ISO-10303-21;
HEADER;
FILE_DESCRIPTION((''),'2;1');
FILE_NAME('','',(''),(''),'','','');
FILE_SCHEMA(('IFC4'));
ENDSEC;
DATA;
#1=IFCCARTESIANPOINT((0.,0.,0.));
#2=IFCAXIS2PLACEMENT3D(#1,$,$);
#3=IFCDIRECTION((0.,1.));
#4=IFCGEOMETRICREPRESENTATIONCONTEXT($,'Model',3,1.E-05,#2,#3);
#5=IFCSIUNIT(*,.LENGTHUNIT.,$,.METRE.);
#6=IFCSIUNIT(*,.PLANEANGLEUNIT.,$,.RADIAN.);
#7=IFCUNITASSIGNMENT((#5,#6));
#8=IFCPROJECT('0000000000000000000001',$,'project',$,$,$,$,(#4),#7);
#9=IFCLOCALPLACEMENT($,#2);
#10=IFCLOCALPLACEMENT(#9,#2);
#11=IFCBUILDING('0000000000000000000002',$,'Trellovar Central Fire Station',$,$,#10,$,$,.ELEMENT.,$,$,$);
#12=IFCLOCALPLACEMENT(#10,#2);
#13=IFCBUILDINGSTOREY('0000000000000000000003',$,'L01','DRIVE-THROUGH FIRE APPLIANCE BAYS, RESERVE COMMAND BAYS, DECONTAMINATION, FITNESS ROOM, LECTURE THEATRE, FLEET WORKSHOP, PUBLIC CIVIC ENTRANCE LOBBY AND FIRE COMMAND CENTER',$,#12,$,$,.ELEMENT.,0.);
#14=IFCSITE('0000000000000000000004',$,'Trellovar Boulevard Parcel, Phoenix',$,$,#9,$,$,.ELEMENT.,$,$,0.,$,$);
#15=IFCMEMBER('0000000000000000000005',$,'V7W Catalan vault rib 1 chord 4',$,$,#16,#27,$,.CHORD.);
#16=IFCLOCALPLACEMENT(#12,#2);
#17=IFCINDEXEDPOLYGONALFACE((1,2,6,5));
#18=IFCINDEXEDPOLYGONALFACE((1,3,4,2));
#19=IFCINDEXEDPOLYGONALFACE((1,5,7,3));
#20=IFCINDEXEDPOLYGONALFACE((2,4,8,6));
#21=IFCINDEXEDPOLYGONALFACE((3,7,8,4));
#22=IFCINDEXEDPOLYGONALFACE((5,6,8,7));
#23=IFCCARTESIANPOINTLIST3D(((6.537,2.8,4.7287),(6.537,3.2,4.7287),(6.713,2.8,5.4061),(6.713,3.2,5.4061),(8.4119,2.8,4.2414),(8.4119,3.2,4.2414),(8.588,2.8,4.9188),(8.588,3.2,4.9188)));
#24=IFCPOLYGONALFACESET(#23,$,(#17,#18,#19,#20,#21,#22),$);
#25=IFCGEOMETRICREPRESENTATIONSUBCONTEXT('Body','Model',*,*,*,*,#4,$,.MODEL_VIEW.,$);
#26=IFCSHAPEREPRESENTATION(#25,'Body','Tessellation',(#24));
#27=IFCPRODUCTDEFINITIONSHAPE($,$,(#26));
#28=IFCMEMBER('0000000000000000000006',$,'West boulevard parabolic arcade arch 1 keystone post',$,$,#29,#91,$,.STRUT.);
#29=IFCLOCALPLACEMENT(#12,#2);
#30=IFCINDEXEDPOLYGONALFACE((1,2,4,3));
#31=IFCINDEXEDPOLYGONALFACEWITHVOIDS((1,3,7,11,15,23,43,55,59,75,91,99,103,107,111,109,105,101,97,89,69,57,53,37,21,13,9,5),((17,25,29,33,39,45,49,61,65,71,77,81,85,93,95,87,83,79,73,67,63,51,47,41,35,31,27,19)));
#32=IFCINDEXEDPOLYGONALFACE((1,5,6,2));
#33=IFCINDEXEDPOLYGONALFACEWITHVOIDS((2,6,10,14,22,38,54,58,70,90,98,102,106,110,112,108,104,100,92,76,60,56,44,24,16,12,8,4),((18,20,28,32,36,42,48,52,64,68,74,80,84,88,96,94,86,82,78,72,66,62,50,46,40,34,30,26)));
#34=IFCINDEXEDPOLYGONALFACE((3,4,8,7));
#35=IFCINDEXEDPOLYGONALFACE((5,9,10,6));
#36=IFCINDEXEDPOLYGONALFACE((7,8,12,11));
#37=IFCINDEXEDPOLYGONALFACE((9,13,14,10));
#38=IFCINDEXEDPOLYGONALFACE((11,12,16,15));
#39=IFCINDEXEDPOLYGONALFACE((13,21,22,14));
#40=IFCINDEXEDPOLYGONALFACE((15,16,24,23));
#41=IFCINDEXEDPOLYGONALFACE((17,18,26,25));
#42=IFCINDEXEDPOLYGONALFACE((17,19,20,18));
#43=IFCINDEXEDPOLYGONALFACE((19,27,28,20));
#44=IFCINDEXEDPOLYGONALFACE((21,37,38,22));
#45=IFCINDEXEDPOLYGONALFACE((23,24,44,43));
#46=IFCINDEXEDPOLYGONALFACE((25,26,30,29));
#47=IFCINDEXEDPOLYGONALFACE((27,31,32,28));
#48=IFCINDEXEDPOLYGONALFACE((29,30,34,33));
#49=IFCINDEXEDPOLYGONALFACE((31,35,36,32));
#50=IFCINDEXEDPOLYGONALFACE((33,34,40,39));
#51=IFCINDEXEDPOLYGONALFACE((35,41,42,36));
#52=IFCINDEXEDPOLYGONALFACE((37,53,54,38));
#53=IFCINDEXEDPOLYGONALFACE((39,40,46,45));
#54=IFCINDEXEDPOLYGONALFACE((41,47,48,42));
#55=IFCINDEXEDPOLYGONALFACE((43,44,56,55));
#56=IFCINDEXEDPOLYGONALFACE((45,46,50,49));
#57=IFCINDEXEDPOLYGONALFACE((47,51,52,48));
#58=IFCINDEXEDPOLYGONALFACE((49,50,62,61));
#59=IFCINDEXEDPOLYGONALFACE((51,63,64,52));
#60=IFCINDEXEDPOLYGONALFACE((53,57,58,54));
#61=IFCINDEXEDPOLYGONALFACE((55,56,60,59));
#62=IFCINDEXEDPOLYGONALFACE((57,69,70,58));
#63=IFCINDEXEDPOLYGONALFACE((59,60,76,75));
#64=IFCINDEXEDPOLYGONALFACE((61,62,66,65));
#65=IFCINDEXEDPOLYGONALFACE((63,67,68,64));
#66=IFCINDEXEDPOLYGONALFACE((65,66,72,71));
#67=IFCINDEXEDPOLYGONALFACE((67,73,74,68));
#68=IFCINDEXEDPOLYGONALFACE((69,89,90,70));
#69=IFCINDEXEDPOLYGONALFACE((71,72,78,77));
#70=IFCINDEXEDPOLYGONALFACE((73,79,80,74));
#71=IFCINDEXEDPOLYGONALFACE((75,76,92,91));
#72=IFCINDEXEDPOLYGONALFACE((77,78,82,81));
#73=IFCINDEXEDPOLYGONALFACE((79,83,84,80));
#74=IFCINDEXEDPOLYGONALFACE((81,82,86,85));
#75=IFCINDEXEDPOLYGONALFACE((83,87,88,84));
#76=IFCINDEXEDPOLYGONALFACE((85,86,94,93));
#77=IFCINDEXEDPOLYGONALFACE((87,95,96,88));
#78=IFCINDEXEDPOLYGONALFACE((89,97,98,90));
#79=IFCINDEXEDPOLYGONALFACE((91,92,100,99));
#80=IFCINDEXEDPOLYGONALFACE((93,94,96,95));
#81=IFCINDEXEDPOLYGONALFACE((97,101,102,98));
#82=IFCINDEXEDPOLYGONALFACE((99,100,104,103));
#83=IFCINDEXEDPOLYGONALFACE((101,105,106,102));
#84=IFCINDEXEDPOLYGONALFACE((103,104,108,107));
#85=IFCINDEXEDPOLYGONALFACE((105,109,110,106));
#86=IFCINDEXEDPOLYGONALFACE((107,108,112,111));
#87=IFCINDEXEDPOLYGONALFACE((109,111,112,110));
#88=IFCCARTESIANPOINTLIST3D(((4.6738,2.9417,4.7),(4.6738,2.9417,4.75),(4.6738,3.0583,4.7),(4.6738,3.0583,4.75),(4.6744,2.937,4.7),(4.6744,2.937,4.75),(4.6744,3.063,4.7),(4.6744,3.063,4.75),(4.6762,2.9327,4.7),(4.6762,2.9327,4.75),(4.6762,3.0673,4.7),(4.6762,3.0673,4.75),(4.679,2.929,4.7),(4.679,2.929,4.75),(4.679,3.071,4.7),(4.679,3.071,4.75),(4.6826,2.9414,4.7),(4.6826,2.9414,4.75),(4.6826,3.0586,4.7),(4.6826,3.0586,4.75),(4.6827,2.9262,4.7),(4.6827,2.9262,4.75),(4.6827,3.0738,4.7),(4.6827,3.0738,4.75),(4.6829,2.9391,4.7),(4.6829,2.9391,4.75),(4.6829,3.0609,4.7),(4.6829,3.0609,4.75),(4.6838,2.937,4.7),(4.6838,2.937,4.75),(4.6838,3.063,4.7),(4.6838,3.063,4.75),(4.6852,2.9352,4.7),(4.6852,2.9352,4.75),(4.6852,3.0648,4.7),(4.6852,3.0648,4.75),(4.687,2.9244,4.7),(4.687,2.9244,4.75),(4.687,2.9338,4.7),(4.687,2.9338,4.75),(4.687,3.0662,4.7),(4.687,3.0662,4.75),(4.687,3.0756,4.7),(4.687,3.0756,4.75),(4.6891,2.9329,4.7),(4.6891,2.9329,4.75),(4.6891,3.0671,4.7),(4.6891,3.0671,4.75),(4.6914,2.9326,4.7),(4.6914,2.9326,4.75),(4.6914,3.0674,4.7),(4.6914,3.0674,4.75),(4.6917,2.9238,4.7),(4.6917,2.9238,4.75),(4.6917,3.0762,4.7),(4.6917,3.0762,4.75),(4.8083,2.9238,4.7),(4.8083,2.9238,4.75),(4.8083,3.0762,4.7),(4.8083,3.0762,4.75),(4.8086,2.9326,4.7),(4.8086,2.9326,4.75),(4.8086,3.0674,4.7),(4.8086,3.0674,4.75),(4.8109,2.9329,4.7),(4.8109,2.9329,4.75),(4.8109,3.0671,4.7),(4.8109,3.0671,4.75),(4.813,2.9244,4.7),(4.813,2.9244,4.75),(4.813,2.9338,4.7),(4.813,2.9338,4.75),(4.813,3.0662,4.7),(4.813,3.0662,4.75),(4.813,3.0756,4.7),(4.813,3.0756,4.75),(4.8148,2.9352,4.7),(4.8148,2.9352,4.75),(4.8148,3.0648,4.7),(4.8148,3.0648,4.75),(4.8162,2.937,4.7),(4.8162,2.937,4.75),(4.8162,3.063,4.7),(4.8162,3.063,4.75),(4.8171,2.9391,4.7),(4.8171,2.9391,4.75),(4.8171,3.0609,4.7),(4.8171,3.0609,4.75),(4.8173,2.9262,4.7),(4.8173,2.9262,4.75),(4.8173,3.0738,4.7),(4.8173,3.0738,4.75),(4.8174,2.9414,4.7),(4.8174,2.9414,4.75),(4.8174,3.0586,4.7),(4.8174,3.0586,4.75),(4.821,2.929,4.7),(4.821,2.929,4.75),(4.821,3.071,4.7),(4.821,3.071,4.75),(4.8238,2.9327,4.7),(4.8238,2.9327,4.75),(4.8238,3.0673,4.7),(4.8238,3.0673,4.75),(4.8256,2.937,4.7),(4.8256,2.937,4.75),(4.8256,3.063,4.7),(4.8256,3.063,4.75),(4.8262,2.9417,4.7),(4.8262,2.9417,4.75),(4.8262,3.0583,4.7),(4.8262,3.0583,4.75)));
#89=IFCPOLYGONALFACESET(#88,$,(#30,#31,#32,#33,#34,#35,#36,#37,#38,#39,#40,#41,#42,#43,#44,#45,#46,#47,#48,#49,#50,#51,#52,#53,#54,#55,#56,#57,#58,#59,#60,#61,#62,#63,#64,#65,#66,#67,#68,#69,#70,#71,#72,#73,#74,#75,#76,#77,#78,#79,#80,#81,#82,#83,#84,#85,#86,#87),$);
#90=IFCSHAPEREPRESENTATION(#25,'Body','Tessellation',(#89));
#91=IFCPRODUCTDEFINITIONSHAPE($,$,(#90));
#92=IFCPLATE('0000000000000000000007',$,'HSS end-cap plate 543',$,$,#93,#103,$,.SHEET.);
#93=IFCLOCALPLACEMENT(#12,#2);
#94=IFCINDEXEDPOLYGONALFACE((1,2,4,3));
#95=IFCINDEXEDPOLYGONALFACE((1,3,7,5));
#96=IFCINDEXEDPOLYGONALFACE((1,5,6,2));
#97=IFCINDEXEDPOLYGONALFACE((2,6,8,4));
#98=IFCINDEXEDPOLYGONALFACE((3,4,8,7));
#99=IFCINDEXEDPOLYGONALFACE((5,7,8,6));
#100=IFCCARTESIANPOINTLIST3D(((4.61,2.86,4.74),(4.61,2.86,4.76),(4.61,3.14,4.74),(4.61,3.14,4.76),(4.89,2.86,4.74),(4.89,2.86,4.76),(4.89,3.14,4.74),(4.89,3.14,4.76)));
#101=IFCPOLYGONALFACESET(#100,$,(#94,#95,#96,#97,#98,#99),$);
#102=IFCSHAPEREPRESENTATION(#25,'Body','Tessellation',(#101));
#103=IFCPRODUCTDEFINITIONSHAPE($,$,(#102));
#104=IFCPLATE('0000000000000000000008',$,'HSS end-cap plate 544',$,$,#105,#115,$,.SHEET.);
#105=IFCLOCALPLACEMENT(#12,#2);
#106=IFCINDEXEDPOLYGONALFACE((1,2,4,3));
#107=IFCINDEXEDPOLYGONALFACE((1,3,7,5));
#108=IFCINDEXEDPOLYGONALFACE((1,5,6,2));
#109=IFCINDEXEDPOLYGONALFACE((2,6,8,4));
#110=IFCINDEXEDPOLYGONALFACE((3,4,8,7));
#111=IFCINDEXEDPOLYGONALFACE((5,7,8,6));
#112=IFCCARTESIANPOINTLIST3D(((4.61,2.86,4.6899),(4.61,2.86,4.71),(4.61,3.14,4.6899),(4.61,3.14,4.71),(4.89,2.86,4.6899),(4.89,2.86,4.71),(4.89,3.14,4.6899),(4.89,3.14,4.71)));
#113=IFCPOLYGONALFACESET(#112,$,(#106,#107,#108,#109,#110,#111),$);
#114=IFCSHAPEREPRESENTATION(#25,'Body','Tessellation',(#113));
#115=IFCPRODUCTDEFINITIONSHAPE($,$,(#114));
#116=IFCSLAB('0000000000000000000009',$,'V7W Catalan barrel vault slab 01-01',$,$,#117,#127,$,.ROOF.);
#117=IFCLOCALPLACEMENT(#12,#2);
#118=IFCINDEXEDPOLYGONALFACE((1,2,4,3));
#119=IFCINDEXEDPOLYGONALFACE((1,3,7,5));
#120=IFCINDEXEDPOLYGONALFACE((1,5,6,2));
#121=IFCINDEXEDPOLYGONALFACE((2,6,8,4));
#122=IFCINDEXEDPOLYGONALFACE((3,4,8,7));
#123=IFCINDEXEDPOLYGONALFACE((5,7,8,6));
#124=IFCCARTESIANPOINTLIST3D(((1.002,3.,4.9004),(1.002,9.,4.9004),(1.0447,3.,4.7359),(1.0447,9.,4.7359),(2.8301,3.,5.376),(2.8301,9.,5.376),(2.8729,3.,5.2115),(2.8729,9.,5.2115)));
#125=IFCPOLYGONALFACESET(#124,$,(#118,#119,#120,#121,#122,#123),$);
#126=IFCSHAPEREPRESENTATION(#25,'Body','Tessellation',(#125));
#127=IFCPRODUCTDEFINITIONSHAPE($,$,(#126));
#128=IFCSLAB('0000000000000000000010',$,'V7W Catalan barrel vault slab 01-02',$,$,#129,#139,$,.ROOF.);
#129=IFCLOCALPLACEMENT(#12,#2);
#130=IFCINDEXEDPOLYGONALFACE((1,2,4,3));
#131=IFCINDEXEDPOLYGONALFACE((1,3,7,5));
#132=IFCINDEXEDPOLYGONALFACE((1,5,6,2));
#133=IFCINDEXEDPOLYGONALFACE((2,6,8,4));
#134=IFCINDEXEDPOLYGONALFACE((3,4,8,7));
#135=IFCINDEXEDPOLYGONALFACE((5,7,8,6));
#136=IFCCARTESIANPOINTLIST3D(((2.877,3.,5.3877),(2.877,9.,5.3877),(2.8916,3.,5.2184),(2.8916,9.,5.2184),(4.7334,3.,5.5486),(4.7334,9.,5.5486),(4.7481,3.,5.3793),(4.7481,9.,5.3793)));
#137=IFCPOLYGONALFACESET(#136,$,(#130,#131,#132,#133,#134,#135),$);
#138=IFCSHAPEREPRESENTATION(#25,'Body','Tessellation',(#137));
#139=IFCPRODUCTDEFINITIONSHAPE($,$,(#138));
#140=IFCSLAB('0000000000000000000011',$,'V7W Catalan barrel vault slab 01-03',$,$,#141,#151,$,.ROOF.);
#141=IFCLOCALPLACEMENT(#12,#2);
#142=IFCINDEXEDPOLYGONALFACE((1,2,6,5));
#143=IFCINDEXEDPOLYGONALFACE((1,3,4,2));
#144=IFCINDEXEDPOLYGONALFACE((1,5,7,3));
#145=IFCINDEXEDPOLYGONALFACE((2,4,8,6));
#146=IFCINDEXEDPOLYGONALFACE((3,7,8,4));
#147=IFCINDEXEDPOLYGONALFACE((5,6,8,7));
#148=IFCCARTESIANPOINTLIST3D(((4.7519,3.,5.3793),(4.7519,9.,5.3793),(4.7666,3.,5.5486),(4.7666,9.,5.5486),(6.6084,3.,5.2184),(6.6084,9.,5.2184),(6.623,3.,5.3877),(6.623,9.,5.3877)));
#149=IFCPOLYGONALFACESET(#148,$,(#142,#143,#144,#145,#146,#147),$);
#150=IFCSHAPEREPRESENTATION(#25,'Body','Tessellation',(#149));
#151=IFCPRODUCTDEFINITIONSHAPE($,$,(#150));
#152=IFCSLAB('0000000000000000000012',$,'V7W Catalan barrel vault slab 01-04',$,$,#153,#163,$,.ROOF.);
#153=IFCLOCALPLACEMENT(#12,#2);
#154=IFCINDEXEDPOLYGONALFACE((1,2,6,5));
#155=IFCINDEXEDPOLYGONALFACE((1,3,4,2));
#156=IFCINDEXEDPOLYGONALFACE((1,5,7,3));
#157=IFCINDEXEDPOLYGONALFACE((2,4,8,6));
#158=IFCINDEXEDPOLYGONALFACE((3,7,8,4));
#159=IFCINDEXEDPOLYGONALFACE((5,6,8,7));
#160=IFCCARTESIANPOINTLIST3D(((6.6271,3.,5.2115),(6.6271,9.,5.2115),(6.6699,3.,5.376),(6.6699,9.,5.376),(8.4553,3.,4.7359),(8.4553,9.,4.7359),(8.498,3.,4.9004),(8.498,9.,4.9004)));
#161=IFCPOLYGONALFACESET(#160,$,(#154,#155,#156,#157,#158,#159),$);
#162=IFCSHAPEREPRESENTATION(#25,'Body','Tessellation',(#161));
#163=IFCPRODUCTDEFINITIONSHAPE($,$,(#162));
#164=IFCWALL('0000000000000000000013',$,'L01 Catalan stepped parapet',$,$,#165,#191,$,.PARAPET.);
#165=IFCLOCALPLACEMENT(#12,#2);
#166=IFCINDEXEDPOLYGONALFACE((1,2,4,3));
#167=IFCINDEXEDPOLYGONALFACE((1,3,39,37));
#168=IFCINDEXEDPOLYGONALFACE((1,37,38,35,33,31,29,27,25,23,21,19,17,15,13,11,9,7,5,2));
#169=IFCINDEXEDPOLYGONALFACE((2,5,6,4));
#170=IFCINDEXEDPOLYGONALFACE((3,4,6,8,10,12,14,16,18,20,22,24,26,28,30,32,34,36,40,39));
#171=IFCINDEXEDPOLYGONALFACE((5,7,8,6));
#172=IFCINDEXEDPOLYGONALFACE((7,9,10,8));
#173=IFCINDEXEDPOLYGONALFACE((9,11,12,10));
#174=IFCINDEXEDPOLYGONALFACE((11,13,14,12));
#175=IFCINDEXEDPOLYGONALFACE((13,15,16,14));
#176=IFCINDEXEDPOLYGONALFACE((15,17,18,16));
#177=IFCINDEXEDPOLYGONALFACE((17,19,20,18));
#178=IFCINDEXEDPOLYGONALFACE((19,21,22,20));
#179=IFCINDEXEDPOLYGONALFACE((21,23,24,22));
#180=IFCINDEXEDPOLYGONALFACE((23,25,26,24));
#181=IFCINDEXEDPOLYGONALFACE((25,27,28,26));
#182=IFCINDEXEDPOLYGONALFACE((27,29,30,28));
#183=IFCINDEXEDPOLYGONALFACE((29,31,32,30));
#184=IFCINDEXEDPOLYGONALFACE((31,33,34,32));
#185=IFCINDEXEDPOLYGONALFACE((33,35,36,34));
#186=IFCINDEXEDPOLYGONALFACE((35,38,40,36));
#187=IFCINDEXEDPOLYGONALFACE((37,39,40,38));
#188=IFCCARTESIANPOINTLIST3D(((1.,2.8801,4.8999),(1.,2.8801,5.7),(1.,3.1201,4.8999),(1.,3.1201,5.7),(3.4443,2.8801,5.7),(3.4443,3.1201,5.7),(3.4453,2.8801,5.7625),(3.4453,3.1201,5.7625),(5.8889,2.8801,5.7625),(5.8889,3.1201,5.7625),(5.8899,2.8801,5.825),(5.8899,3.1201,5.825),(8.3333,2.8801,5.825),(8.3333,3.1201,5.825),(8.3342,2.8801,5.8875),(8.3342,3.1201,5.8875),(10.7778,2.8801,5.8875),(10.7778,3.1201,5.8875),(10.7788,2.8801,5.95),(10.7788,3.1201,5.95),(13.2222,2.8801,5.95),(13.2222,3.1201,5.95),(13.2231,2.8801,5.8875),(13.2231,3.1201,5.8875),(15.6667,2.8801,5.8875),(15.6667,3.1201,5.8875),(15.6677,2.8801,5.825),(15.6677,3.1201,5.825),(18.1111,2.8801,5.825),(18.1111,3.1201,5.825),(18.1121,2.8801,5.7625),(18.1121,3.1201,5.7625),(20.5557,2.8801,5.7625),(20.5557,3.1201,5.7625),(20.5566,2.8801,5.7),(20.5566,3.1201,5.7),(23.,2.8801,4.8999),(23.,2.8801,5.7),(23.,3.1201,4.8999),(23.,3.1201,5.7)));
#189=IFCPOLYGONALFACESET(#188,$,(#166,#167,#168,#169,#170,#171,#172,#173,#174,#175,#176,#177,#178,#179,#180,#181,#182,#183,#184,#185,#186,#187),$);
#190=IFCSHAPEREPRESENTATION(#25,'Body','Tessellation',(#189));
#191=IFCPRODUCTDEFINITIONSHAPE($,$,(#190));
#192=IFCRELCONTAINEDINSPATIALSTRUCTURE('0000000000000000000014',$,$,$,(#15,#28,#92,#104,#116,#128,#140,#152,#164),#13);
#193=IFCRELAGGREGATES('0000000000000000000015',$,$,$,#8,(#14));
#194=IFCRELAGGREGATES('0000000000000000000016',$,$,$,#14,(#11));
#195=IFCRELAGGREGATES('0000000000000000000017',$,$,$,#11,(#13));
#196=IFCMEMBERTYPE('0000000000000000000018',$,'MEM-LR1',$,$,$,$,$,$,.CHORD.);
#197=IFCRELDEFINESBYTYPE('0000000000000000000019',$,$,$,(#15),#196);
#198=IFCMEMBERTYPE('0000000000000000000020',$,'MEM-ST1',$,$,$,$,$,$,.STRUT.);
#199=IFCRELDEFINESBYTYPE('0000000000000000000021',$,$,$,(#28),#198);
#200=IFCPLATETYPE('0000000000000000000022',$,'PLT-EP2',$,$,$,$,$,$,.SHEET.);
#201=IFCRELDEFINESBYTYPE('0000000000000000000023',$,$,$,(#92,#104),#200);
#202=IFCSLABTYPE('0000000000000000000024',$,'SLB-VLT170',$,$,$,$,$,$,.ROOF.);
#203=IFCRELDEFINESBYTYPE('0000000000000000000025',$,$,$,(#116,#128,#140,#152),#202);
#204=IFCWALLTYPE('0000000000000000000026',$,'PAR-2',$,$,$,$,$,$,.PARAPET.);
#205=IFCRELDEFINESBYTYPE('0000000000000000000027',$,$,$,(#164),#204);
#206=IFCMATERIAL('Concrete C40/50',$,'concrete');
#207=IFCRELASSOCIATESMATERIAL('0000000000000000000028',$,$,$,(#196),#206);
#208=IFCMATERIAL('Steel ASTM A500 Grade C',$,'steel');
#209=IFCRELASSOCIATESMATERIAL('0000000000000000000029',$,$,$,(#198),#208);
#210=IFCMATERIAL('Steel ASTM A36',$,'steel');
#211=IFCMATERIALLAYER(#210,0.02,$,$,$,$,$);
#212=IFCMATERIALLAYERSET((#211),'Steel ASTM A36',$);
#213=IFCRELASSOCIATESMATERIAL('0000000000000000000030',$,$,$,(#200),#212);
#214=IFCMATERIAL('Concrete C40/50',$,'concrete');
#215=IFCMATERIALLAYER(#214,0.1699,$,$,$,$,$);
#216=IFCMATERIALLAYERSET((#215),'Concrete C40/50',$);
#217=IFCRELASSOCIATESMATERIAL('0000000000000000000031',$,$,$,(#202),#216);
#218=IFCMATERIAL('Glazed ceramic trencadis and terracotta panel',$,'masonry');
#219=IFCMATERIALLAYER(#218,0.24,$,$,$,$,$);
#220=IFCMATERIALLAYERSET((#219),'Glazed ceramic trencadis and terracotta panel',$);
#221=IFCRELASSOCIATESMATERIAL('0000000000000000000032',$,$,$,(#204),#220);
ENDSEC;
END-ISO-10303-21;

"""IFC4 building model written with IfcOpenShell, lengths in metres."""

from ifc_helpers import new_model, si_unit, direction, frame, origin, origin_2d, place, context, subcontext, project, spatial, polyline, rectangle, hollow_rectangle, outline, extrude, material, layer, layer_set, material_profile, profile_set, type_object, element, save


model = new_model("IFC4")

# Units and contexts
model_context = context("Model", 3, precision=1e-05, world=origin(), true_north=direction((0.0, 1.0)))
body_context = subcontext(model_context, "Body", "Model", "MODEL_VIEW")
ifc_project = project(units=[si_unit("LENGTHUNIT", "METRE"), si_unit("PLANEANGLEUNIT", "RADIAN")], contexts=[model_context])

# Site, building, storey
site_placement = place(None, origin())
site = spatial("IfcSite", under=ifc_project, at=site_placement, Name="Trellovar Boulevard Parcel, Phoenix", CompositionType="ELEMENT", RefElevation=0.0)
building_placement = place(site_placement, origin())
building = spatial("IfcBuilding", under=site, at=building_placement, Name="Trellovar Central Fire Station", CompositionType="ELEMENT")
storey_placement = place(building_placement, origin())
storey = spatial("IfcBuildingStorey", under=building, at=storey_placement, Name="L01", Description="DRIVE-THROUGH FIRE APPLIANCE BAYS, RESERVE COMMAND BAYS, DECONTAMINATION, FITNESS ROOM, LECTURE THEATRE, FLEET WORKSHOP, PUBLIC CIVIC ENTRANCE LOBBY AND FIRE COMMAND CENTER", CompositionType="ELEMENT", Elevation=0.0)

# Members
ifc_material_1 = material(Name="Concrete C40/50", Category="concrete")
ifc_material_profile_1 = material_profile(ifc_material_1, rectangle(XDim=0.3999, YDim=0.7, at=origin_2d()), Name="RC400X700")
ifc_profile_set_1 = profile_set([ifc_material_profile_1], Name="Concrete C40/50")
member_type_1 = type_object("IfcMemberType", Name="MEM-LR1", PredefinedType="CHORD", material=ifc_profile_set_1)
member_1_placement = place(storey_placement, frame((6.625, 3.0, 5.0674), z_axis=(0.967847, 0.0, -0.251539), x_axis=(0.0, 1.0, 0.0)))
element("IfcMember", 1, at=member_1_placement, inside=storey, type_object=member_type_1, Name="V7W Catalan vault rib 1 chord 4", PredefinedType="CHORD", context=body_context, shape_type="SweptSolid", body=[
    extrude(rectangle(XDim=0.3999, YDim=0.7, at=origin_2d()), origin(), (0.0, 0.0, 1.0), 1.9373),
])
ifc_material_2 = material(Name="Steel ASTM A500 Grade C", Category="steel")
ifc_material_profile_2 = material_profile(ifc_material_2, hollow_rectangle(XDim=0.1523, YDim=0.1523, WallThickness=0.0088, InnerFilletRadius=0.0088, OuterFilletRadius=0.0178, at=origin_2d()), Name="HSS6X6X3/8")
ifc_profile_set_2 = profile_set([ifc_material_profile_2], Name="Steel ASTM A500 Grade C")
member_type_2 = type_object("IfcMemberType", Name="MEM-ST1", PredefinedType="STRUT", material=ifc_profile_set_2)
member_2_placement = place(storey_placement, frame((4.75, 3.0, 4.75), z_axis=(0.0, 0.0, -1.0), x_axis=(1.0, 0.0, 0.0)))
element("IfcMember", 2, at=member_2_placement, inside=storey, type_object=member_type_2, Name="West boulevard parabolic arcade arch 1 keystone post", PredefinedType="STRUT", context=body_context, shape_type="SweptSolid", body=[
    extrude(hollow_rectangle(XDim=0.1523, YDim=0.1523, WallThickness=0.0088, InnerFilletRadius=0.0088, OuterFilletRadius=0.0178, at=origin_2d()), origin(), (0.0, 0.0, 1.0), 0.05),
])

# Plates
ifc_material_3 = material(Name="Steel ASTM A36", Category="steel")
ifc_layer_1 = layer(ifc_material_3, 0.02)
ifc_layer_set_1 = layer_set([ifc_layer_1], Name="Steel ASTM A36")
plate_type = type_object("IfcPlateType", Name="PLT-EP2", PredefinedType="SHEET", material=ifc_layer_set_1)
for number, where, z_axis, x_axis, name in (
    (3, (4.75, 3.0, 4.74), (0.0, 0.0, 1.0), (1.0, 0.0, 0.0), "HSS end-cap plate 543"),
    (4, (4.75, 3.0, 4.6899), (0.0, 0.0, 1.0), (1.0, 0.0, 0.0), "HSS end-cap plate 544"),
):
    element("IfcPlate", number, at=place(storey_placement, frame(where, z_axis=z_axis, x_axis=x_axis)), inside=storey, type_object=plate_type, Name=name, PredefinedType="SHEET", context=body_context, shape_type="SweptSolid", body=[
        extrude(rectangle(XDim=0.28, YDim=0.28, at=origin_2d()), origin(), (0.0, 0.0, 1.0), 0.02),
    ])

# Slabs
ifc_material_4 = material(Name="Concrete C40/50", Category="concrete")
ifc_layer_2 = layer(ifc_material_4, 0.1699)
ifc_layer_set_2 = layer_set([ifc_layer_2], Name="Concrete C40/50")
slab_type = type_object("IfcSlabType", Name="SLB-VLT170", PredefinedType="ROOF", material=ifc_layer_set_2)
slab_1_placement = place(storey_placement, frame((1.002, 3.0, 4.9004), z_axis=(-0.251769, 0.0, 0.967787), x_axis=(0.967787, 0.0, 0.251769)))
element("IfcSlab", 5, at=slab_1_placement, inside=storey, type_object=slab_type, Name="V7W Catalan barrel vault slab 01-01", PredefinedType="ROOF", context=body_context, shape_type="SweptSolid", body=[
    extrude(outline(polyline([(0.0, 0.0), (1.889, 0.0), (1.889, 6.0), (0.0, 6.0), (0.0, 0.0)])), origin(), (0.0, 0.0, -1.0), 0.1699),
])
for number, where, z_axis, x_axis, name in (
    (6, (2.877, 3.0, 5.3877), (-0.086341, 0.0, 0.996266), (0.996266, 0.0, 0.086341), "V7W Catalan barrel vault slab 01-02"),
    (7, (4.7666, 3.0, 5.5486), (0.086341, 0.0, 0.996266), (0.996266, 0.0, -0.086341), "V7W Catalan barrel vault slab 01-03"),
):
    element("IfcSlab", number, at=place(storey_placement, frame(where, z_axis=z_axis, x_axis=x_axis)), inside=storey, type_object=slab_type, Name=name, PredefinedType="ROOF", context=body_context, shape_type="SweptSolid", body=[
        extrude(outline(polyline([(0.0, 0.0), (1.8634, 0.0), (1.8634, 6.0), (0.0, 6.0), (0.0, 0.0)])), origin(), (0.0, 0.0, -1.0), 0.1699),
    ])
slab_2_placement = place(storey_placement, frame((6.6699, 3.0, 5.376), z_axis=(0.251769, 0.0, 0.967787), x_axis=(0.967787, 0.0, -0.251769)))
element("IfcSlab", 8, at=slab_2_placement, inside=storey, type_object=slab_type, Name="V7W Catalan barrel vault slab 01-04", PredefinedType="ROOF", context=body_context, shape_type="SweptSolid", body=[
    extrude(outline(polyline([(0.0, 0.0), (1.889, 0.0), (1.889, 6.0), (0.0, 6.0), (0.0, 0.0)])), origin(), (0.0, 0.0, -1.0), 0.1699),
])

# Wall
ifc_material_5 = material(Name="Glazed ceramic trencadis and terracotta panel", Category="masonry")
ifc_layer_3 = layer(ifc_material_5, 0.24)
ifc_layer_set_3 = layer_set([ifc_layer_3], Name="Glazed ceramic trencadis and terracotta panel")
wall_type = type_object("IfcWallType", Name="PAR-2", PredefinedType="PARAPET", material=ifc_layer_set_3)
wall_placement = place(storey_placement, frame((1.0, 3.0, 4.8999), z_axis=(0.0, 0.0, 1.0), x_axis=(1.0, 0.0, 0.0)))
element("IfcWall", 9, at=wall_placement, inside=storey, type_object=wall_type, Name="L01 Catalan stepped parapet", PredefinedType="PARAPET", context=body_context, shape_type="SweptSolid", body=[
    extrude(outline(polyline([(0.0, 0.0), (22.0, 0.0), (22.0, 0.8), (19.5566, 0.8), (19.5557, 0.8625), (17.1121, 0.8625), (17.1111, 0.925), (14.6677, 0.925), (14.6667, 0.9875), (12.2231, 0.9875), (12.2222, 1.05), (9.7788, 1.05), (9.7778, 0.9875), (7.3342, 0.9875), (7.3333, 0.925), (4.8899, 0.925), (4.8889, 0.8625), (2.4453, 0.8625), (2.4443, 0.8), (0.0, 0.8), (0.0, 0.0)])), frame((0.0, 0.1201, 0.0), z_axis=(0.0, -1.0, 0.0), x_axis=(1.0, 0.0, 0.0)), (0.0, 0.0, 1.0), 0.24),
])

save(model, "model.ifc")
